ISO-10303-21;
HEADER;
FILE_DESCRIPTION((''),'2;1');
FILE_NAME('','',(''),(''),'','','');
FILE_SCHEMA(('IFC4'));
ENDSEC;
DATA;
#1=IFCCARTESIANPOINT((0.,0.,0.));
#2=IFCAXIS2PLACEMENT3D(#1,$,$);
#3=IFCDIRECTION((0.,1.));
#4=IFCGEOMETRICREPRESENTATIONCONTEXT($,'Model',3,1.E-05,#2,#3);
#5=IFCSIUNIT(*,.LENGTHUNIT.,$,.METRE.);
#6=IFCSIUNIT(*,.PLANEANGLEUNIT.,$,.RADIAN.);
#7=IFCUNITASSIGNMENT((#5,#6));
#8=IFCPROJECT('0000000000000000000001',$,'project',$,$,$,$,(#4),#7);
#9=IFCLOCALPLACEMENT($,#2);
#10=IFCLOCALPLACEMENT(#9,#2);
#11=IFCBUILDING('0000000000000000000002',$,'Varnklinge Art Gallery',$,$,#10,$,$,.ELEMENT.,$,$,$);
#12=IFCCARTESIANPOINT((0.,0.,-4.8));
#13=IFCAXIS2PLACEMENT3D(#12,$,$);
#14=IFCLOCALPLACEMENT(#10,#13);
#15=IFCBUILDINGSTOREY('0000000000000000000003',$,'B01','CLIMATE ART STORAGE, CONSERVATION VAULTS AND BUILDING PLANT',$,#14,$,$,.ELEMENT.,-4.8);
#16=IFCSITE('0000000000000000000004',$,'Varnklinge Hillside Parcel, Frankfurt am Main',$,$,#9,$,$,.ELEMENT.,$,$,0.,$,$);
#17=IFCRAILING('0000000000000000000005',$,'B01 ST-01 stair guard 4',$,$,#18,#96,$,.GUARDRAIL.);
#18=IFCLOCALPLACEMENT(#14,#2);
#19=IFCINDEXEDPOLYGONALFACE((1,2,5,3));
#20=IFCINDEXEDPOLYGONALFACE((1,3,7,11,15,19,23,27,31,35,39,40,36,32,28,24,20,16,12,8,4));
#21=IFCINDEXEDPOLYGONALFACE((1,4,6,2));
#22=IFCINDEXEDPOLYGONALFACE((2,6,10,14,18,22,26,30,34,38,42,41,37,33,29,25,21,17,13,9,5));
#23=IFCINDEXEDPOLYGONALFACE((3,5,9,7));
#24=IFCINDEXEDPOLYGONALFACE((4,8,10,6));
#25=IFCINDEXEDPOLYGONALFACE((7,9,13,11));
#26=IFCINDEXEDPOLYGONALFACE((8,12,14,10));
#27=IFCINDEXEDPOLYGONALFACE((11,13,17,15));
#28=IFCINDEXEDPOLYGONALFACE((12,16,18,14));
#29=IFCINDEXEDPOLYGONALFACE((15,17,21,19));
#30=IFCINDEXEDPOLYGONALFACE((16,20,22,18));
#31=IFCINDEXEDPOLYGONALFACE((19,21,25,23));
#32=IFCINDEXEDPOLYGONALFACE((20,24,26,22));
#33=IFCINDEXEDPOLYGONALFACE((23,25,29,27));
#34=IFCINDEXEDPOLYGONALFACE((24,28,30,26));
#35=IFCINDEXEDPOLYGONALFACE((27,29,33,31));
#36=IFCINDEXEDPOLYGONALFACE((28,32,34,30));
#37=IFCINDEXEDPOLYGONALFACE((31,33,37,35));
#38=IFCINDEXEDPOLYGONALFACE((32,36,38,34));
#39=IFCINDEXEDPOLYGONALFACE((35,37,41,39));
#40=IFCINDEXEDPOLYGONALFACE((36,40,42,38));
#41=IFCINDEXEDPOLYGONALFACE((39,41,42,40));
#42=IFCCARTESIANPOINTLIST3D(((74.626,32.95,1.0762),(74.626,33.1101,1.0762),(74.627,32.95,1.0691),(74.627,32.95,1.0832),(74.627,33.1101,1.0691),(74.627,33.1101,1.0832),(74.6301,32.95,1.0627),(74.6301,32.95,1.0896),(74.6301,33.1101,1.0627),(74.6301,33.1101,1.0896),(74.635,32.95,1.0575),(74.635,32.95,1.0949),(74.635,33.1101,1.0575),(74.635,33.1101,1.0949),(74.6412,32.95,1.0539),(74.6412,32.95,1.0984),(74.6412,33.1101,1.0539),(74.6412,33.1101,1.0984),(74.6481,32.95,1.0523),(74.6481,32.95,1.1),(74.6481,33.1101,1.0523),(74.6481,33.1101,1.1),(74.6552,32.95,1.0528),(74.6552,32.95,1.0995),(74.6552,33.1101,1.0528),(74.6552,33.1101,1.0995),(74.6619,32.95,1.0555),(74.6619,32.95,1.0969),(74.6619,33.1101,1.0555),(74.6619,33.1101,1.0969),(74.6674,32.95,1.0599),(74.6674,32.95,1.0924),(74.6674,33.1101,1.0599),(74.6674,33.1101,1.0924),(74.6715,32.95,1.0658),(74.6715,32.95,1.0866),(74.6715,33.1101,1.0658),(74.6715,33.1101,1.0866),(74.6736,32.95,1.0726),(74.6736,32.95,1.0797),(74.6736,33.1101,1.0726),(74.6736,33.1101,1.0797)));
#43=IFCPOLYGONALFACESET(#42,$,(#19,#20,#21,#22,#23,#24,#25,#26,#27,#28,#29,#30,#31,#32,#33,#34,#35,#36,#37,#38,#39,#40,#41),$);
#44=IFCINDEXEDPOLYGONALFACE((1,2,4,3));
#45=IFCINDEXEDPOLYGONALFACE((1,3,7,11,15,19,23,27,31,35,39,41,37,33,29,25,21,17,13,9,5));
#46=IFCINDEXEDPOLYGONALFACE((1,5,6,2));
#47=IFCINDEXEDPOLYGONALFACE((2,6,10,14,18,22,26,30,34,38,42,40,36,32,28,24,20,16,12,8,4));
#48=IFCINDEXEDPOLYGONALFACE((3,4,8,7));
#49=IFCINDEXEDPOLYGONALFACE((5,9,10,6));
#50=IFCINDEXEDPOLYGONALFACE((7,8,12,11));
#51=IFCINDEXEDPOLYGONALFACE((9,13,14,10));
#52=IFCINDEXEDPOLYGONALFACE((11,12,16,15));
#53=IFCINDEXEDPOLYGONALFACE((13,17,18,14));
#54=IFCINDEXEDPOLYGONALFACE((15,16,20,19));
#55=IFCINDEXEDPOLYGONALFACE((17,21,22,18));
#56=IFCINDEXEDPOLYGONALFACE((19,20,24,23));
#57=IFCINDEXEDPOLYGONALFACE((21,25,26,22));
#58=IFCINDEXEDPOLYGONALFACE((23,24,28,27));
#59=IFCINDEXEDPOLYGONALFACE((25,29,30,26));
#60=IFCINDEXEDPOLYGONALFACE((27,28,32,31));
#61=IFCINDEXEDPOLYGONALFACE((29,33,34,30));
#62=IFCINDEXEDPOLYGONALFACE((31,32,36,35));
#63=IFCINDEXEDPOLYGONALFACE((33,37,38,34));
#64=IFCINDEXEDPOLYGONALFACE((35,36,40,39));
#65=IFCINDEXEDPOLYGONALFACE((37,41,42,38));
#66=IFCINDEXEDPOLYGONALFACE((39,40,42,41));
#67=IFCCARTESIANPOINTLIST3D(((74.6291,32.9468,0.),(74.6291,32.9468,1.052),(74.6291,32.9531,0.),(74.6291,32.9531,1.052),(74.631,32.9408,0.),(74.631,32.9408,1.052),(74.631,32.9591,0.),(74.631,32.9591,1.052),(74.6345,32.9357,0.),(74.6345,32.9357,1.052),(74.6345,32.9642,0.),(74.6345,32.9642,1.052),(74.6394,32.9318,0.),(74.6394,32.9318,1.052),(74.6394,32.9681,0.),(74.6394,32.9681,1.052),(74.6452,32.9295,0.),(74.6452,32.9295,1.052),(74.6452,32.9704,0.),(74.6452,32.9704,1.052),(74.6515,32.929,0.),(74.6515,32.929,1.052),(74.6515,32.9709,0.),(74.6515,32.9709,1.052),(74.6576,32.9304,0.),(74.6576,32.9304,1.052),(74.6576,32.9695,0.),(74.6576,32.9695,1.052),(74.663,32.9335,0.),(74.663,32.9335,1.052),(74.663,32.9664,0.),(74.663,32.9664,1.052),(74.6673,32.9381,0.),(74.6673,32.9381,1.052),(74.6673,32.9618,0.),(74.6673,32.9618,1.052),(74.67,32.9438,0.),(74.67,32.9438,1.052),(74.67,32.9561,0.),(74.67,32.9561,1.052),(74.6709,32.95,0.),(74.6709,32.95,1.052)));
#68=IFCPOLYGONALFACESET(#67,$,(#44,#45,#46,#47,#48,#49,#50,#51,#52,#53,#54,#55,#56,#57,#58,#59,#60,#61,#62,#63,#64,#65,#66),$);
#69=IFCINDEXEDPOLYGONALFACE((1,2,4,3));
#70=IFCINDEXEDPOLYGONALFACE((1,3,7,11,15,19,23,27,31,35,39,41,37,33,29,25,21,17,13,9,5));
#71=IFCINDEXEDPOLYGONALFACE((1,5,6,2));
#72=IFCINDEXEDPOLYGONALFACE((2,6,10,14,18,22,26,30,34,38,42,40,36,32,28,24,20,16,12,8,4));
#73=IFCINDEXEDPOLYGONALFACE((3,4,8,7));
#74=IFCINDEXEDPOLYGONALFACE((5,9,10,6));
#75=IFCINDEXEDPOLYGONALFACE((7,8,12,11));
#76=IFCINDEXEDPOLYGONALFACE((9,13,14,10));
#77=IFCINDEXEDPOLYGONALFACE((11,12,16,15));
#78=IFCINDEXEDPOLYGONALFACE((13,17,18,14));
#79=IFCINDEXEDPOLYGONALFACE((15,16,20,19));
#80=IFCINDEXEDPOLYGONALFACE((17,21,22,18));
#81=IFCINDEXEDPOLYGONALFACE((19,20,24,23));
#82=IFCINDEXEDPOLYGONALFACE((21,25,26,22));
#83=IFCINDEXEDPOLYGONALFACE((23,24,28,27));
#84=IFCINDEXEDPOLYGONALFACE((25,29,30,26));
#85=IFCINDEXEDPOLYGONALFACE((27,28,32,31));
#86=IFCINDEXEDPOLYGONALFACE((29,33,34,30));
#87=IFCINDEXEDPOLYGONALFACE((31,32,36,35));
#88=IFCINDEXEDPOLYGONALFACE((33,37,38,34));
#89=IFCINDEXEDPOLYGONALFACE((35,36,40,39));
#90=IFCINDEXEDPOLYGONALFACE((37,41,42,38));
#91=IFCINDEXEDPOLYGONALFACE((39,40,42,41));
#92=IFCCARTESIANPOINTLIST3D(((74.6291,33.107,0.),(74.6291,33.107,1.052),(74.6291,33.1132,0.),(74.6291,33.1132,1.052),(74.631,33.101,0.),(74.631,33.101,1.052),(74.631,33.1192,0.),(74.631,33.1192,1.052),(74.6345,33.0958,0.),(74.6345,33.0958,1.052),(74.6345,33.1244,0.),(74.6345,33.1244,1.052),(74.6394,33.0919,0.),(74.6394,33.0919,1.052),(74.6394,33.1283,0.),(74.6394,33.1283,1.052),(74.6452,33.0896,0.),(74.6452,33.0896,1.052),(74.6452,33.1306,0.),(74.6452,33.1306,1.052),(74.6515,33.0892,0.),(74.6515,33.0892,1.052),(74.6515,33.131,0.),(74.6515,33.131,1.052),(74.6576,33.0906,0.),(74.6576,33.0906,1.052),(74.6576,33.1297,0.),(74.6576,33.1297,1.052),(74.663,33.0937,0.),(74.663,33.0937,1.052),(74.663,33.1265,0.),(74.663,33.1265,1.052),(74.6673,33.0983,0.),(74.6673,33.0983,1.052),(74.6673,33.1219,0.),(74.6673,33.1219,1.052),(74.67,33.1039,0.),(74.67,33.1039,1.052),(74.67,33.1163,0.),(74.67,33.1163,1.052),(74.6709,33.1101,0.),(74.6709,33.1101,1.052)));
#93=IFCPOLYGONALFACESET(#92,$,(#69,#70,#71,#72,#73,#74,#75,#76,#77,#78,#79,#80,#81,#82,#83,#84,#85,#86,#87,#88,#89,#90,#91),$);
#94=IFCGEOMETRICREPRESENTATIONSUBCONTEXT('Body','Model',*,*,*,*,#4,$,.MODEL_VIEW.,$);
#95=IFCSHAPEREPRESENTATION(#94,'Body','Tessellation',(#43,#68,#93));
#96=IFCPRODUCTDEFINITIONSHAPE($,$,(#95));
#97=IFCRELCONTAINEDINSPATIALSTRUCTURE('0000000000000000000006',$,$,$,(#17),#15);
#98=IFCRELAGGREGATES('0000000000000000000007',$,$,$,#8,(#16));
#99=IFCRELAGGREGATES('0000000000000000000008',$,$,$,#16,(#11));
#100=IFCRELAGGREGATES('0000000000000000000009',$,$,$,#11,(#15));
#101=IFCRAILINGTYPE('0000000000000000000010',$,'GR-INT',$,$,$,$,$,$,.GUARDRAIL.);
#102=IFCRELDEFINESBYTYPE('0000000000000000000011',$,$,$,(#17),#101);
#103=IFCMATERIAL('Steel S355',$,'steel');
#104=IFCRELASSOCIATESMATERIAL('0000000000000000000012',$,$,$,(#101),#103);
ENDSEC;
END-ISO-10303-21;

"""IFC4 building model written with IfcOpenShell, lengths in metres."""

from ifc_helpers import new_model, si_unit, direction, frame, origin, origin_2d, place, context, subcontext, project, spatial, circle, extrude, material, type_object, element, save


model = new_model("IFC4")

# Units and contexts
model_context = context("Model", 3, precision=1e-05, world=origin(), true_north=direction((0.0, 1.0)))
body_context = subcontext(model_context, "Body", "Model", "MODEL_VIEW")
ifc_project = project(units=[si_unit("LENGTHUNIT", "METRE"), si_unit("PLANEANGLEUNIT", "RADIAN")], contexts=[model_context])

# Site, building, storey
site_placement = place(None, origin())
site = spatial("IfcSite", under=ifc_project, at=site_placement, Name="Varnklinge Hillside Parcel, Frankfurt am Main", CompositionType="ELEMENT", RefElevation=0.0)
building_placement = place(site_placement, origin())
building = spatial("IfcBuilding", under=site, at=building_placement, Name="Varnklinge Art Gallery", CompositionType="ELEMENT")
storey_placement = place(building_placement, frame((0.0, 0.0, -4.8)))
storey = spatial("IfcBuildingStorey", under=building, at=storey_placement, Name="B01", Description="CLIMATE ART STORAGE, CONSERVATION VAULTS AND BUILDING PLANT", CompositionType="ELEMENT", Elevation=-4.8)

# Railing
ifc_material_1 = material(Name="Steel S355", Category="steel")
railing_type_1 = type_object("IfcRailingType", Name="GR-INT", PredefinedType="GUARDRAIL", material=ifc_material_1)
railing_1_placement = place(storey_placement, frame((74.6499, 32.95, 0.0)))
element("IfcRailing", 1, at=railing_1_placement, inside=storey, type_object=railing_type_1, Name="B01 ST-01 stair guard 4", PredefinedType="GUARDRAIL", context=body_context, shape_type="SweptSolid", body=[
    extrude(circle(Radius=0.0239, at=origin_2d()), frame((0.0, 0.0, 1.0762), z_axis=(0.0, 1.0, 0.0), x_axis=(-1.0, 0.0, 0.0)), (0.0, 0.0, 1.0), 0.1602),
    extrude(circle(Radius=0.021, at=origin_2d()), origin(), (0.0, 0.0, 1.0), 1.052),
    extrude(circle(Radius=0.021, at=origin_2d()), frame((0.0, 0.1602, 0.0)), (0.0, 0.0, 1.0), 1.052),
])

save(model, "model.ifc")
